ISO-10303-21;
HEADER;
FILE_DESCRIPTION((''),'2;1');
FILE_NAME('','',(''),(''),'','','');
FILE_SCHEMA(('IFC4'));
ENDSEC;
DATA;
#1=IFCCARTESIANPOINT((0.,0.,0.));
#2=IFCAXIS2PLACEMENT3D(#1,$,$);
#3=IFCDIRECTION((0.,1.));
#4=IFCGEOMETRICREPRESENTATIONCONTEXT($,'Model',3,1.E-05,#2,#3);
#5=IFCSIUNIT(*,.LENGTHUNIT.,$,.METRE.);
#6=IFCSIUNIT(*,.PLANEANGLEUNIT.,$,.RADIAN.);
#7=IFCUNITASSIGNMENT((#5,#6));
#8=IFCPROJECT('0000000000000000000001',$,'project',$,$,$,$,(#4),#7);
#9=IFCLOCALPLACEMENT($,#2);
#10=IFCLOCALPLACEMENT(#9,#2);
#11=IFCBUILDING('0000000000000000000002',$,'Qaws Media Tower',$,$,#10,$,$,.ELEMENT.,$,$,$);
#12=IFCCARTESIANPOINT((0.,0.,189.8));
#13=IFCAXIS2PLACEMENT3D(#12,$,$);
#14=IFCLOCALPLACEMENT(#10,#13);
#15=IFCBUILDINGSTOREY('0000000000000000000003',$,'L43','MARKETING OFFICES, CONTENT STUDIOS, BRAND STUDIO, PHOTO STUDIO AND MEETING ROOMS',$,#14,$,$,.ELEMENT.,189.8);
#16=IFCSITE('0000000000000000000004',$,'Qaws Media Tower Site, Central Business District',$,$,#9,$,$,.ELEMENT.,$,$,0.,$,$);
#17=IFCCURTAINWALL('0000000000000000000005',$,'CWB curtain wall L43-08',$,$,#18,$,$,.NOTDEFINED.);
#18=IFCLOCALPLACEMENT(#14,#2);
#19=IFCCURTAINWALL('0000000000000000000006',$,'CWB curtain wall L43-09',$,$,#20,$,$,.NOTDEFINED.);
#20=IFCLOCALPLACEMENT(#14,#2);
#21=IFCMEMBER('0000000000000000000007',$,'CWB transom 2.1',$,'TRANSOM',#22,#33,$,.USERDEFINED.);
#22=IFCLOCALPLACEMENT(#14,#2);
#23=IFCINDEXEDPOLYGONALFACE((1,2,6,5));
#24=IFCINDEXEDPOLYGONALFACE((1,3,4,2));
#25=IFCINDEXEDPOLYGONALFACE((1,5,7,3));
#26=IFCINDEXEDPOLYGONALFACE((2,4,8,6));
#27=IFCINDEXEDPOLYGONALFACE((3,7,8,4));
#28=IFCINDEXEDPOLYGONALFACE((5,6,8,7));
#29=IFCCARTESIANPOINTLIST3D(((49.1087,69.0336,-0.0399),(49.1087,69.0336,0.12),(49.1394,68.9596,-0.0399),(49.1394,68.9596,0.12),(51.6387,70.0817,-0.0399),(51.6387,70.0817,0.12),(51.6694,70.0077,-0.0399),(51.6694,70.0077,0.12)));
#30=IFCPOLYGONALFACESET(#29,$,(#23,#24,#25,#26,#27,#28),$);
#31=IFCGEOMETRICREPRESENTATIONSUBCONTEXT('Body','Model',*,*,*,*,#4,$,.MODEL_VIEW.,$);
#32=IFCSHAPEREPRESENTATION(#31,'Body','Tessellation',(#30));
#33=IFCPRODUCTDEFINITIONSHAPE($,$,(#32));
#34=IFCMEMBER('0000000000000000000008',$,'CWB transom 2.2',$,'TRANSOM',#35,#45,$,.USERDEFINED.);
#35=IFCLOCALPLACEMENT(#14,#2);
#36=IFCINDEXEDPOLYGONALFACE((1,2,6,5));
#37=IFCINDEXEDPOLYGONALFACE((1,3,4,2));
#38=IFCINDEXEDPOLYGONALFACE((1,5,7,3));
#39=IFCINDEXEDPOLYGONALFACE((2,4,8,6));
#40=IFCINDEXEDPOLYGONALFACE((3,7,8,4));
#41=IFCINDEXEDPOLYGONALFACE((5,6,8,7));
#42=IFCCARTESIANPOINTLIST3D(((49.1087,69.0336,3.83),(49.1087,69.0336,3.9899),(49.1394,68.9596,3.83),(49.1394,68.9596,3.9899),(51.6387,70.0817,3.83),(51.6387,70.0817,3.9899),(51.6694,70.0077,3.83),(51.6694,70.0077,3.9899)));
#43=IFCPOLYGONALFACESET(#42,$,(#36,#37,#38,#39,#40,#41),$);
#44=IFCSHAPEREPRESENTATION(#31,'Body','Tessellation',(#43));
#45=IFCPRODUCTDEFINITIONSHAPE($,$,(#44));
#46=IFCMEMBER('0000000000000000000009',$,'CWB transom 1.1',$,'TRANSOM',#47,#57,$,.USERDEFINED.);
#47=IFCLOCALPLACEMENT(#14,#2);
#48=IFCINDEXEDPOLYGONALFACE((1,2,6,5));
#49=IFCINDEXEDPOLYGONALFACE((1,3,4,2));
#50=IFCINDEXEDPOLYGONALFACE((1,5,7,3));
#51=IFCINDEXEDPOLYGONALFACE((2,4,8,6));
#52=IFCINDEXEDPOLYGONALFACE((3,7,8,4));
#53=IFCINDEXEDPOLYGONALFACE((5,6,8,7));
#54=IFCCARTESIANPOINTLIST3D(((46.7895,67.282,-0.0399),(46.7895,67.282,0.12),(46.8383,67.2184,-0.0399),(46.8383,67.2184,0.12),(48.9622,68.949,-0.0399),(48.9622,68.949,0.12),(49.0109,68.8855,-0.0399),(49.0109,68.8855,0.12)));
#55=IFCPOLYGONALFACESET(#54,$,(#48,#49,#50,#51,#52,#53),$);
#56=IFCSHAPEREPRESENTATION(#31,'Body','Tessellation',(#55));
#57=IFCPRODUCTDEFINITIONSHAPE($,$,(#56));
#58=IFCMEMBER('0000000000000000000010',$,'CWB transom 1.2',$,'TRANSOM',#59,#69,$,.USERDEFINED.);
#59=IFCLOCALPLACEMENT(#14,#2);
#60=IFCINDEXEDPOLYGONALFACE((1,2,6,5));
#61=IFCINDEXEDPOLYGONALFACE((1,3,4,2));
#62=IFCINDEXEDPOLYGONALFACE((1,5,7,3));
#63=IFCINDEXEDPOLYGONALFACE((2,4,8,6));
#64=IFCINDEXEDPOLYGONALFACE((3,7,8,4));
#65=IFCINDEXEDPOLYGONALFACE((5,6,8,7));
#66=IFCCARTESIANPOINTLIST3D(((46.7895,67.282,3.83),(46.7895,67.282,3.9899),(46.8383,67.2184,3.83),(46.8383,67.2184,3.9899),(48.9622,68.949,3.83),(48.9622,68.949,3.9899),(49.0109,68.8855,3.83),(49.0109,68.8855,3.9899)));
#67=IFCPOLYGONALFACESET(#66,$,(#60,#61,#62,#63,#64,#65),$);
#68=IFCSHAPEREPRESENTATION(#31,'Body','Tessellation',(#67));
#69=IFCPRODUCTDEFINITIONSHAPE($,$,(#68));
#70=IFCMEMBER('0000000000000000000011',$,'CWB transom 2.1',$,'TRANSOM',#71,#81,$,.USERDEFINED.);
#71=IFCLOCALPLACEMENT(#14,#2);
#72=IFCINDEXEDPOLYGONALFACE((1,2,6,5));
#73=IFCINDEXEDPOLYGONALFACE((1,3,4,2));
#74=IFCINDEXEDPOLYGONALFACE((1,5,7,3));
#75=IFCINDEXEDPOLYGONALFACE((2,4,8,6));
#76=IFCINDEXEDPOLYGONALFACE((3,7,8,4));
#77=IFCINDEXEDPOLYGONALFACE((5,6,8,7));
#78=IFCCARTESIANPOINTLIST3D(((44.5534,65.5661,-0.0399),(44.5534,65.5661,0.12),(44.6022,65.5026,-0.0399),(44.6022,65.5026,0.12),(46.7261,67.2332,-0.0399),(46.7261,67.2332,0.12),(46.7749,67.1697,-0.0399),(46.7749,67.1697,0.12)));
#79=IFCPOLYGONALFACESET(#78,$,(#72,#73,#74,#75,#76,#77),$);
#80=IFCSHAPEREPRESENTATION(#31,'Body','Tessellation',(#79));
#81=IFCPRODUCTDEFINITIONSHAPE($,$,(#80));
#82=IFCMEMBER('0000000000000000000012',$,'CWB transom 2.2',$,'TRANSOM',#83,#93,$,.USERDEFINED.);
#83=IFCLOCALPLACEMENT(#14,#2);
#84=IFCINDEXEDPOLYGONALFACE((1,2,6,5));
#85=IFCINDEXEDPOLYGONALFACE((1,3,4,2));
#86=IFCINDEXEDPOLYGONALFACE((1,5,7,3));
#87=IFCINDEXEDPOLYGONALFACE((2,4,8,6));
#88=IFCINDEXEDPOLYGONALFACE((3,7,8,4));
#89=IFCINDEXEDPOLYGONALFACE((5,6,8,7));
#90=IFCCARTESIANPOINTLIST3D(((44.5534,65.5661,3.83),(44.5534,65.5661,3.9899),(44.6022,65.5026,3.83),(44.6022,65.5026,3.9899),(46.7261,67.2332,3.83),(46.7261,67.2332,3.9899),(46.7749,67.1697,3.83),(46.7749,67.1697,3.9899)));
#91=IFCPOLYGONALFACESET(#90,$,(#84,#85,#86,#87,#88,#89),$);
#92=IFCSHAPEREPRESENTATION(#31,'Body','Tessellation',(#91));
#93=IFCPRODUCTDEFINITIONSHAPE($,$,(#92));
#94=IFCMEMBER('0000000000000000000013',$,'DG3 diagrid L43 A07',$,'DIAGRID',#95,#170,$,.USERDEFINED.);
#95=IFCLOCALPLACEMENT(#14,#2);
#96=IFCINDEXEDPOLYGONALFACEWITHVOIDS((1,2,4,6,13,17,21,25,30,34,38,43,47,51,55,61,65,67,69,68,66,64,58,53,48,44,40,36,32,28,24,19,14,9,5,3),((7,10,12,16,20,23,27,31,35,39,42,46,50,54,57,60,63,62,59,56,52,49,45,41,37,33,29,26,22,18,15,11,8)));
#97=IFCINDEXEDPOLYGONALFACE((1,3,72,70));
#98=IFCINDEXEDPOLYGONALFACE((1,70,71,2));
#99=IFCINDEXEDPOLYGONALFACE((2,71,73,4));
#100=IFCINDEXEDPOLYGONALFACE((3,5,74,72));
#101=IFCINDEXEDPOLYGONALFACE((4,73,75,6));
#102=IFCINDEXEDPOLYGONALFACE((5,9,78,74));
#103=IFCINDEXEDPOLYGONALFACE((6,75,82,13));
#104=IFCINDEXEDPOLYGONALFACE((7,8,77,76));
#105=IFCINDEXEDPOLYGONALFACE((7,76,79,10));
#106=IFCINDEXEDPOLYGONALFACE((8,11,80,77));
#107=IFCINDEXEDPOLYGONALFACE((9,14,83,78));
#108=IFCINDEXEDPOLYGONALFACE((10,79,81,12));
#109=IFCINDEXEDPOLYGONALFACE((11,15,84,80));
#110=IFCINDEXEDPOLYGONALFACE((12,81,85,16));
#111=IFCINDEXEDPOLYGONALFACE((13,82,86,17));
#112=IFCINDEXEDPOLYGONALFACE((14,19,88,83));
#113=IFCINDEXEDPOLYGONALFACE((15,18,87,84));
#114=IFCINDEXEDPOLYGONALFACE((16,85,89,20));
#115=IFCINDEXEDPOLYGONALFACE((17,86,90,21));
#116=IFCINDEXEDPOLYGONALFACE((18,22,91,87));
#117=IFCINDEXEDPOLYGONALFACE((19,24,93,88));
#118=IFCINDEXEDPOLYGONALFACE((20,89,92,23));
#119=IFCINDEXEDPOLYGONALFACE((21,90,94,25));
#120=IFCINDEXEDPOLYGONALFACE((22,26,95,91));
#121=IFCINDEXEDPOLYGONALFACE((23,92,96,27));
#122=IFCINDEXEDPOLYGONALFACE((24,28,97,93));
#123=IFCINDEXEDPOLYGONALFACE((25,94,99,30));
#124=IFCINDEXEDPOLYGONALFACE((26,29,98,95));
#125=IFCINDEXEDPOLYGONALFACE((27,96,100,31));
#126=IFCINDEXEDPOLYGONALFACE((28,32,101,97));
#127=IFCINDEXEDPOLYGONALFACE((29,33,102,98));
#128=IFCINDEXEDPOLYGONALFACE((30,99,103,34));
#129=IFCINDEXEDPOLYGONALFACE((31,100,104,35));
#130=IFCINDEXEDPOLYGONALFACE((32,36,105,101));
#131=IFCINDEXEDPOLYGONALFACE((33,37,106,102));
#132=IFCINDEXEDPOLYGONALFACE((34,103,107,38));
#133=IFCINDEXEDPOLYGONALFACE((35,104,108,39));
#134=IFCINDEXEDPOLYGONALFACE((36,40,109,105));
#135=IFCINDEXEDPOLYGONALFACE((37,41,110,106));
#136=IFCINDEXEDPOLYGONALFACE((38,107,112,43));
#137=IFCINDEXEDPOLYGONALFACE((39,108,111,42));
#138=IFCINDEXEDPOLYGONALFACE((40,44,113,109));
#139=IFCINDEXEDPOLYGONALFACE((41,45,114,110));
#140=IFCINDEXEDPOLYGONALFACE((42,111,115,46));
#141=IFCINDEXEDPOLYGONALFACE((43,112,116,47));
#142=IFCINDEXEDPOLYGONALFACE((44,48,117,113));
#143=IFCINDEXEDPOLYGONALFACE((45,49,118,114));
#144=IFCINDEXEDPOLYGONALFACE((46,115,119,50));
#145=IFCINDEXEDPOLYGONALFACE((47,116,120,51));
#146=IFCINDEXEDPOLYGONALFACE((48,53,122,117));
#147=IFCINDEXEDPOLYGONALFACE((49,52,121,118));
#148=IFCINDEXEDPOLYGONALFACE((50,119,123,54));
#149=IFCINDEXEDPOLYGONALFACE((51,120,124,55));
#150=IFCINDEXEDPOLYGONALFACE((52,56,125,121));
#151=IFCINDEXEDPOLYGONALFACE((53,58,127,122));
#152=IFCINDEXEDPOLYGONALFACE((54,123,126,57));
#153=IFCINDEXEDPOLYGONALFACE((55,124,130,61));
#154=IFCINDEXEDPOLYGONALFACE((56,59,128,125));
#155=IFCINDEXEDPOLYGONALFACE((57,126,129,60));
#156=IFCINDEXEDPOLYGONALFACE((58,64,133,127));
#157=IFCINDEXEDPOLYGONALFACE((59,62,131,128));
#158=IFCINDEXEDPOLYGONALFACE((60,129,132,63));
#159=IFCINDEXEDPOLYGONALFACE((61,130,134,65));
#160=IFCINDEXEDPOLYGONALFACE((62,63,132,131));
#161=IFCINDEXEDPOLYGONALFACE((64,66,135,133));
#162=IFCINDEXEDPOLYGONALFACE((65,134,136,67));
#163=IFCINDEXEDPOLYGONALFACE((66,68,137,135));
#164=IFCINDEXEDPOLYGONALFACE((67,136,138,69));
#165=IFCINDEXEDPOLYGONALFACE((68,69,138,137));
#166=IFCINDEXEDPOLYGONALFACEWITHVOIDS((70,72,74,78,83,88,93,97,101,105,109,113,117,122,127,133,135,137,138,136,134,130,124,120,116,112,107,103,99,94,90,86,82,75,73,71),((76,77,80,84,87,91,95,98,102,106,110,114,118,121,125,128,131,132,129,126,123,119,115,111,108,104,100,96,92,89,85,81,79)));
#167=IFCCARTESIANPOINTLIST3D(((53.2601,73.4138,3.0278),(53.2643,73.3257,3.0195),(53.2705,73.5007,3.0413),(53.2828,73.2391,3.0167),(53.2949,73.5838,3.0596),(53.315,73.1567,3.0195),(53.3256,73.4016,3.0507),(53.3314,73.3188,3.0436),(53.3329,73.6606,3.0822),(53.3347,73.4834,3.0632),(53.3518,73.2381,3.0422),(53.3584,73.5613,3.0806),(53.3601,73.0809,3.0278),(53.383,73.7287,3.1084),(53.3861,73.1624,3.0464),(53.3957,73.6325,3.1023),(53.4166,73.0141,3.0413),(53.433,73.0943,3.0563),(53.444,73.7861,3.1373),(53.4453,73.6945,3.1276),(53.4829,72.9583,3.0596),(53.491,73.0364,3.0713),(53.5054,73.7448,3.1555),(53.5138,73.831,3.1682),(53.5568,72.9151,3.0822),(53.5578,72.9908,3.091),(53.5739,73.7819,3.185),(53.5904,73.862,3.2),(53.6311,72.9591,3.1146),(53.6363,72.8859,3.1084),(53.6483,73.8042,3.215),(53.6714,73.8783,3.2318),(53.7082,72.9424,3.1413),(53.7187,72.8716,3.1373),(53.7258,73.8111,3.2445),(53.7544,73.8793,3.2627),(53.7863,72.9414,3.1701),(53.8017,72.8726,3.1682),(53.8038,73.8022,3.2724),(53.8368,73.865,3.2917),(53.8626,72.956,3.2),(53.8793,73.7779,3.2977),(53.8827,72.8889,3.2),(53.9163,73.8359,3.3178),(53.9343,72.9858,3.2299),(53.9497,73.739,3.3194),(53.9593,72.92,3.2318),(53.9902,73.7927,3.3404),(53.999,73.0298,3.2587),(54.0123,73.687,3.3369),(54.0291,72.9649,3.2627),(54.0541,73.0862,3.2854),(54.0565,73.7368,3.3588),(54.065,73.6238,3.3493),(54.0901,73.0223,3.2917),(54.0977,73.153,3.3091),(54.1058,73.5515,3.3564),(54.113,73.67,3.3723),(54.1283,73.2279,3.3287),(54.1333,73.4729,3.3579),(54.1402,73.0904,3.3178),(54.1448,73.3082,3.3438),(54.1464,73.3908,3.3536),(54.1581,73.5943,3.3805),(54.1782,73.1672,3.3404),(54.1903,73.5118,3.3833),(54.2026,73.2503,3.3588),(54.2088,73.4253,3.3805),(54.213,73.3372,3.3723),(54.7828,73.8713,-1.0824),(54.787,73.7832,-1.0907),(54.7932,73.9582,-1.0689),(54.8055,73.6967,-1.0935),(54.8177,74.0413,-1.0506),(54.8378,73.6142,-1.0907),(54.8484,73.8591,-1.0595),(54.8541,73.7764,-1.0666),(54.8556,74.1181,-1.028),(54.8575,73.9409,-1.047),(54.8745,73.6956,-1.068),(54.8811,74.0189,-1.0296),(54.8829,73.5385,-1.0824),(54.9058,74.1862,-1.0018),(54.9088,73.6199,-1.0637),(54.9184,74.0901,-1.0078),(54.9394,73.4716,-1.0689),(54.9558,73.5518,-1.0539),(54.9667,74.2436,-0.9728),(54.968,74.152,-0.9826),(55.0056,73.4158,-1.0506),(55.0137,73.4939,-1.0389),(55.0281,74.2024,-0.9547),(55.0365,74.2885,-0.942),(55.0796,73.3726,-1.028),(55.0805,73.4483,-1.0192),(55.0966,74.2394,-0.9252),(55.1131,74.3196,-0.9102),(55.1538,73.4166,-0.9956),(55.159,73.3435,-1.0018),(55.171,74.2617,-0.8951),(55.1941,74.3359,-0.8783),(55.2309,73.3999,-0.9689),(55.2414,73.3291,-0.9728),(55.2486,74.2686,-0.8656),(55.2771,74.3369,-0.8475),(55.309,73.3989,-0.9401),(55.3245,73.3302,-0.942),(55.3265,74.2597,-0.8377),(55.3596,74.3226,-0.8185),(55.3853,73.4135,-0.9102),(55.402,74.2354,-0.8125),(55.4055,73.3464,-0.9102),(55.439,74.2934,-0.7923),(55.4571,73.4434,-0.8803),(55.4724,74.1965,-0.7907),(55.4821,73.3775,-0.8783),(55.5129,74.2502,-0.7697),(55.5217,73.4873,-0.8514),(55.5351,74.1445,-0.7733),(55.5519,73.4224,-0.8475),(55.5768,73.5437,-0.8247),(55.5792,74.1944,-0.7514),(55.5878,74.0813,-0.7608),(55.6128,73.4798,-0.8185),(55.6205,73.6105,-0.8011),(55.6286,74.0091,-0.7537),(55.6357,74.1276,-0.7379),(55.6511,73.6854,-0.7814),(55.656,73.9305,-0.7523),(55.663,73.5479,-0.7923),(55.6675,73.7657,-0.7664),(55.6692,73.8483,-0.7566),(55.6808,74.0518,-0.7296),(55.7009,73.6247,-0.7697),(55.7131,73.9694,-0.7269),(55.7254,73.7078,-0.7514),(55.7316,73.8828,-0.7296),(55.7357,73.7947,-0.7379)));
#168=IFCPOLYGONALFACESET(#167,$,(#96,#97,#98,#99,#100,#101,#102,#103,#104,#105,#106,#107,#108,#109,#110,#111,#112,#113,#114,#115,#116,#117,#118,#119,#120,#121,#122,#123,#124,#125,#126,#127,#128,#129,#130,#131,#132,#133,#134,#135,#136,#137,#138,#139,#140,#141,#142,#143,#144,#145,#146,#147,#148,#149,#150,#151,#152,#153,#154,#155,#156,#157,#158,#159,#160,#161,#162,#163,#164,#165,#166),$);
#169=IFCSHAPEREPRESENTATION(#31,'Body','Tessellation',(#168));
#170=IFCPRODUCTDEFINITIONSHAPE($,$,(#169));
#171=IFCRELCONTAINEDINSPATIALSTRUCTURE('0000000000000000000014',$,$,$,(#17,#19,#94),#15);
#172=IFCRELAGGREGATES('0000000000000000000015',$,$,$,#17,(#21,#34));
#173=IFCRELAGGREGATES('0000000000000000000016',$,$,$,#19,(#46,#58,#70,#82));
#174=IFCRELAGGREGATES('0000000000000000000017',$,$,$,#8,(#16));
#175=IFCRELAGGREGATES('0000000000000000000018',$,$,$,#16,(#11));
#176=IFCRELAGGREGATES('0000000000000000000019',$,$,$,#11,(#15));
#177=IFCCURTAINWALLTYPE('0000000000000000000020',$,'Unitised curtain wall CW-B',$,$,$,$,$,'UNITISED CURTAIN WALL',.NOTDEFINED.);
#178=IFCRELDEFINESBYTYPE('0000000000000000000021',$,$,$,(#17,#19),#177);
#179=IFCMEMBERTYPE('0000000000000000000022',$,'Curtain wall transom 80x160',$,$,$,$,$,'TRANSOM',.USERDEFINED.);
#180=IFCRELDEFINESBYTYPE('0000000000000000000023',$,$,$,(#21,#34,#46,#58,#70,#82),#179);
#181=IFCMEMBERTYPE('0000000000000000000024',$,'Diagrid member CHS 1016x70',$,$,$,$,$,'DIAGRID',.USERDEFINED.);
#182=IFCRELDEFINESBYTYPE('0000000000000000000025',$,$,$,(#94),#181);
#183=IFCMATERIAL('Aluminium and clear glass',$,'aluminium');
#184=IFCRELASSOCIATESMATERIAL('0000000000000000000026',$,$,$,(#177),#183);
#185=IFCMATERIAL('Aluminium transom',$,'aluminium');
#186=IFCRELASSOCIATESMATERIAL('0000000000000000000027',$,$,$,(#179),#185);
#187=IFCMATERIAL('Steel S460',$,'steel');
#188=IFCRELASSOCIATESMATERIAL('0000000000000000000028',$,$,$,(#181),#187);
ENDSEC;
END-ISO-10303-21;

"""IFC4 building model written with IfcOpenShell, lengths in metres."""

from ifc_helpers import new_model, si_unit, direction, frame, origin, origin_2d, place, context, subcontext, project, spatial, rectangle, hollow_circle, extrude, material, material_profile, profile_set, type_object, element, aggregate, save


model = new_model("IFC4")

# Units and contexts
model_context = context("Model", 3, precision=1e-05, world=origin(), true_north=direction((0.0, 1.0)))
body_context = subcontext(model_context, "Body", "Model", "MODEL_VIEW")
ifc_project = project(units=[si_unit("LENGTHUNIT", "METRE"), si_unit("PLANEANGLEUNIT", "RADIAN")], contexts=[model_context])

# Site, building, storey
site_placement = place(None, origin())
site = spatial("IfcSite", under=ifc_project, at=site_placement, Name="Qaws Media Tower Site, Central Business District", CompositionType="ELEMENT", RefElevation=0.0)
building_placement = place(site_placement, origin())
building = spatial("IfcBuilding", under=site, at=building_placement, Name="Qaws Media Tower", CompositionType="ELEMENT")
storey_placement = place(building_placement, frame((0.0, 0.0, 189.8)))
storey = spatial("IfcBuildingStorey", under=building, at=storey_placement, Name="L43", Description="MARKETING OFFICES, CONTENT STUDIOS, BRAND STUDIO, PHOTO STUDIO AND MEETING ROOMS", CompositionType="ELEMENT", Elevation=189.8)

# Curtain walls
ifc_material_1 = material(Name="Aluminium and clear glass", Category="aluminium")
curtain_wall_type = type_object("IfcCurtainWallType", Name="Unitised curtain wall CW-B", ElementType="UNITISED CURTAIN WALL", PredefinedType="NOTDEFINED", material=ifc_material_1)
curtain_wall_1_placement = place(storey_placement, origin())
curtain_wall_1 = element("IfcCurtainWall", 1, at=curtain_wall_1_placement, inside=storey, type_object=curtain_wall_type, Name="CWB curtain wall L43-08", PredefinedType="NOTDEFINED")
curtain_wall_2_placement = place(storey_placement, origin())
curtain_wall_2 = element("IfcCurtainWall", 2, at=curtain_wall_2_placement, inside=storey, type_object=curtain_wall_type, Name="CWB curtain wall L43-09", PredefinedType="NOTDEFINED")

# Members
ifc_material_2 = material(Name="Aluminium transom", Category="aluminium")
ifc_material_profile_1 = material_profile(ifc_material_2, rectangle(XDim=0.0801, YDim=0.1599, at=origin_2d()), Name="80x160")
ifc_profile_set_1 = profile_set([ifc_material_profile_1], Name="Aluminium transom")
member_type_1 = type_object("IfcMemberType", Name="Curtain wall transom 80x160", ElementType="TRANSOM", PredefinedType="USERDEFINED", material=ifc_profile_set_1)
member_1_placement = place(storey_placement, frame((51.6541, 70.0447, 0.04), z_axis=(-0.923864, -0.382722, 0.0), x_axis=(0.382722, -0.923864, 0.0)))
member_1 = element("IfcMember", 3, at=member_1_placement, type_object=member_type_1, Name="CWB transom 2.1", ObjectType="TRANSOM", PredefinedType="USERDEFINED", context=body_context, shape_type="SweptSolid", body=[
    extrude(rectangle(XDim=0.0801, YDim=0.1599, at=origin_2d()), origin(), (0.0, 0.0, 1.0), 2.7385),
])
member_2_placement = place(storey_placement, frame((51.6541, 70.0447, 3.9099), z_axis=(-0.923864, -0.382722, 0.0), x_axis=(0.382722, -0.923864, 0.0)))
member_2 = element("IfcMember", 4, at=member_2_placement, type_object=member_type_1, Name="CWB transom 2.2", ObjectType="TRANSOM", PredefinedType="USERDEFINED", context=body_context, shape_type="SweptSolid", body=[
    extrude(rectangle(XDim=0.0801, YDim=0.1599, at=origin_2d()), origin(), (0.0, 0.0, 1.0), 2.7385),
])
member_3_placement = place(storey_placement, frame((48.9866, 68.9172, 0.04), z_axis=(-0.793372, -0.608737, 0.0), x_axis=(0.608737, -0.793372, 0.0)))
member_3 = element("IfcMember", 5, at=member_3_placement, type_object=member_type_1, Name="CWB transom 1.1", ObjectType="TRANSOM", PredefinedType="USERDEFINED", context=body_context, shape_type="SweptSolid", body=[
    extrude(rectangle(XDim=0.0801, YDim=0.1599, at=origin_2d()), origin(), (0.0, 0.0, 1.0), 2.7385),
])
member_4_placement = place(storey_placement, frame((48.9866, 68.9172, 3.9099), z_axis=(-0.793372, -0.608737, 0.0), x_axis=(0.608737, -0.793372, 0.0)))
member_4 = element("IfcMember", 6, at=member_4_placement, type_object=member_type_1, Name="CWB transom 1.2", ObjectType="TRANSOM", PredefinedType="USERDEFINED", context=body_context, shape_type="SweptSolid", body=[
    extrude(rectangle(XDim=0.0801, YDim=0.1599, at=origin_2d()), origin(), (0.0, 0.0, 1.0), 2.7385),
])
member_5_placement = place(storey_placement, frame((46.7505, 67.2014, 0.04), z_axis=(-0.793372, -0.608737, 0.0), x_axis=(0.608737, -0.793372, 0.0)))
member_5 = element("IfcMember", 7, at=member_5_placement, type_object=member_type_1, Name="CWB transom 2.1", ObjectType="TRANSOM", PredefinedType="USERDEFINED", context=body_context, shape_type="SweptSolid", body=[
    extrude(rectangle(XDim=0.0801, YDim=0.1599, at=origin_2d()), origin(), (0.0, 0.0, 1.0), 2.7385),
])
member_6_placement = place(storey_placement, frame((46.7505, 67.2014, 3.9099), z_axis=(-0.793372, -0.608737, 0.0), x_axis=(0.608737, -0.793372, 0.0)))
member_6 = element("IfcMember", 8, at=member_6_placement, type_object=member_type_1, Name="CWB transom 2.2", ObjectType="TRANSOM", PredefinedType="USERDEFINED", context=body_context, shape_type="SweptSolid", body=[
    extrude(rectangle(XDim=0.0801, YDim=0.1599, at=origin_2d()), origin(), (0.0, 0.0, 1.0), 2.7385),
])

# Member
ifc_material_3 = material(Name="Steel S460", Category="steel")
ifc_material_profile_2 = material_profile(ifc_material_3, hollow_circle(Radius=0.5081, WallThickness=0.0701, at=origin_2d()), Name="CHS 1016x70")
ifc_profile_set_2 = profile_set([ifc_material_profile_2], Name="Steel S460")
member_type_2 = type_object("IfcMemberType", Name="Diagrid member CHS 1016x70", ElementType="DIAGRID", PredefinedType="USERDEFINED", material=ifc_profile_set_2)
for number, where, z_axis, x_axis, name in (
    (9, (55.2593, 73.833, -0.9102), (-0.345526, -0.103818, 0.932649), (0.287756, -0.957704, 0.0), "DG3 diagrid L43 A07"),
):
    element("IfcMember", number, at=place(storey_placement, frame(where, z_axis=z_axis, x_axis=x_axis)), inside=storey, type_object=member_type_2, Name=name, ObjectType="DIAGRID", PredefinedType="USERDEFINED", context=body_context, shape_type="SweptSolid", body=[
        extrude(hollow_circle(Radius=0.5081, WallThickness=0.0701, at=origin_2d()), origin(), (0.0, 0.0, 1.0), 4.407),
    ])

aggregate(curtain_wall_1, [member_1, member_2])
aggregate(curtain_wall_2, [member_3, member_4, member_5, member_6])

save(model, "model.ifc")
